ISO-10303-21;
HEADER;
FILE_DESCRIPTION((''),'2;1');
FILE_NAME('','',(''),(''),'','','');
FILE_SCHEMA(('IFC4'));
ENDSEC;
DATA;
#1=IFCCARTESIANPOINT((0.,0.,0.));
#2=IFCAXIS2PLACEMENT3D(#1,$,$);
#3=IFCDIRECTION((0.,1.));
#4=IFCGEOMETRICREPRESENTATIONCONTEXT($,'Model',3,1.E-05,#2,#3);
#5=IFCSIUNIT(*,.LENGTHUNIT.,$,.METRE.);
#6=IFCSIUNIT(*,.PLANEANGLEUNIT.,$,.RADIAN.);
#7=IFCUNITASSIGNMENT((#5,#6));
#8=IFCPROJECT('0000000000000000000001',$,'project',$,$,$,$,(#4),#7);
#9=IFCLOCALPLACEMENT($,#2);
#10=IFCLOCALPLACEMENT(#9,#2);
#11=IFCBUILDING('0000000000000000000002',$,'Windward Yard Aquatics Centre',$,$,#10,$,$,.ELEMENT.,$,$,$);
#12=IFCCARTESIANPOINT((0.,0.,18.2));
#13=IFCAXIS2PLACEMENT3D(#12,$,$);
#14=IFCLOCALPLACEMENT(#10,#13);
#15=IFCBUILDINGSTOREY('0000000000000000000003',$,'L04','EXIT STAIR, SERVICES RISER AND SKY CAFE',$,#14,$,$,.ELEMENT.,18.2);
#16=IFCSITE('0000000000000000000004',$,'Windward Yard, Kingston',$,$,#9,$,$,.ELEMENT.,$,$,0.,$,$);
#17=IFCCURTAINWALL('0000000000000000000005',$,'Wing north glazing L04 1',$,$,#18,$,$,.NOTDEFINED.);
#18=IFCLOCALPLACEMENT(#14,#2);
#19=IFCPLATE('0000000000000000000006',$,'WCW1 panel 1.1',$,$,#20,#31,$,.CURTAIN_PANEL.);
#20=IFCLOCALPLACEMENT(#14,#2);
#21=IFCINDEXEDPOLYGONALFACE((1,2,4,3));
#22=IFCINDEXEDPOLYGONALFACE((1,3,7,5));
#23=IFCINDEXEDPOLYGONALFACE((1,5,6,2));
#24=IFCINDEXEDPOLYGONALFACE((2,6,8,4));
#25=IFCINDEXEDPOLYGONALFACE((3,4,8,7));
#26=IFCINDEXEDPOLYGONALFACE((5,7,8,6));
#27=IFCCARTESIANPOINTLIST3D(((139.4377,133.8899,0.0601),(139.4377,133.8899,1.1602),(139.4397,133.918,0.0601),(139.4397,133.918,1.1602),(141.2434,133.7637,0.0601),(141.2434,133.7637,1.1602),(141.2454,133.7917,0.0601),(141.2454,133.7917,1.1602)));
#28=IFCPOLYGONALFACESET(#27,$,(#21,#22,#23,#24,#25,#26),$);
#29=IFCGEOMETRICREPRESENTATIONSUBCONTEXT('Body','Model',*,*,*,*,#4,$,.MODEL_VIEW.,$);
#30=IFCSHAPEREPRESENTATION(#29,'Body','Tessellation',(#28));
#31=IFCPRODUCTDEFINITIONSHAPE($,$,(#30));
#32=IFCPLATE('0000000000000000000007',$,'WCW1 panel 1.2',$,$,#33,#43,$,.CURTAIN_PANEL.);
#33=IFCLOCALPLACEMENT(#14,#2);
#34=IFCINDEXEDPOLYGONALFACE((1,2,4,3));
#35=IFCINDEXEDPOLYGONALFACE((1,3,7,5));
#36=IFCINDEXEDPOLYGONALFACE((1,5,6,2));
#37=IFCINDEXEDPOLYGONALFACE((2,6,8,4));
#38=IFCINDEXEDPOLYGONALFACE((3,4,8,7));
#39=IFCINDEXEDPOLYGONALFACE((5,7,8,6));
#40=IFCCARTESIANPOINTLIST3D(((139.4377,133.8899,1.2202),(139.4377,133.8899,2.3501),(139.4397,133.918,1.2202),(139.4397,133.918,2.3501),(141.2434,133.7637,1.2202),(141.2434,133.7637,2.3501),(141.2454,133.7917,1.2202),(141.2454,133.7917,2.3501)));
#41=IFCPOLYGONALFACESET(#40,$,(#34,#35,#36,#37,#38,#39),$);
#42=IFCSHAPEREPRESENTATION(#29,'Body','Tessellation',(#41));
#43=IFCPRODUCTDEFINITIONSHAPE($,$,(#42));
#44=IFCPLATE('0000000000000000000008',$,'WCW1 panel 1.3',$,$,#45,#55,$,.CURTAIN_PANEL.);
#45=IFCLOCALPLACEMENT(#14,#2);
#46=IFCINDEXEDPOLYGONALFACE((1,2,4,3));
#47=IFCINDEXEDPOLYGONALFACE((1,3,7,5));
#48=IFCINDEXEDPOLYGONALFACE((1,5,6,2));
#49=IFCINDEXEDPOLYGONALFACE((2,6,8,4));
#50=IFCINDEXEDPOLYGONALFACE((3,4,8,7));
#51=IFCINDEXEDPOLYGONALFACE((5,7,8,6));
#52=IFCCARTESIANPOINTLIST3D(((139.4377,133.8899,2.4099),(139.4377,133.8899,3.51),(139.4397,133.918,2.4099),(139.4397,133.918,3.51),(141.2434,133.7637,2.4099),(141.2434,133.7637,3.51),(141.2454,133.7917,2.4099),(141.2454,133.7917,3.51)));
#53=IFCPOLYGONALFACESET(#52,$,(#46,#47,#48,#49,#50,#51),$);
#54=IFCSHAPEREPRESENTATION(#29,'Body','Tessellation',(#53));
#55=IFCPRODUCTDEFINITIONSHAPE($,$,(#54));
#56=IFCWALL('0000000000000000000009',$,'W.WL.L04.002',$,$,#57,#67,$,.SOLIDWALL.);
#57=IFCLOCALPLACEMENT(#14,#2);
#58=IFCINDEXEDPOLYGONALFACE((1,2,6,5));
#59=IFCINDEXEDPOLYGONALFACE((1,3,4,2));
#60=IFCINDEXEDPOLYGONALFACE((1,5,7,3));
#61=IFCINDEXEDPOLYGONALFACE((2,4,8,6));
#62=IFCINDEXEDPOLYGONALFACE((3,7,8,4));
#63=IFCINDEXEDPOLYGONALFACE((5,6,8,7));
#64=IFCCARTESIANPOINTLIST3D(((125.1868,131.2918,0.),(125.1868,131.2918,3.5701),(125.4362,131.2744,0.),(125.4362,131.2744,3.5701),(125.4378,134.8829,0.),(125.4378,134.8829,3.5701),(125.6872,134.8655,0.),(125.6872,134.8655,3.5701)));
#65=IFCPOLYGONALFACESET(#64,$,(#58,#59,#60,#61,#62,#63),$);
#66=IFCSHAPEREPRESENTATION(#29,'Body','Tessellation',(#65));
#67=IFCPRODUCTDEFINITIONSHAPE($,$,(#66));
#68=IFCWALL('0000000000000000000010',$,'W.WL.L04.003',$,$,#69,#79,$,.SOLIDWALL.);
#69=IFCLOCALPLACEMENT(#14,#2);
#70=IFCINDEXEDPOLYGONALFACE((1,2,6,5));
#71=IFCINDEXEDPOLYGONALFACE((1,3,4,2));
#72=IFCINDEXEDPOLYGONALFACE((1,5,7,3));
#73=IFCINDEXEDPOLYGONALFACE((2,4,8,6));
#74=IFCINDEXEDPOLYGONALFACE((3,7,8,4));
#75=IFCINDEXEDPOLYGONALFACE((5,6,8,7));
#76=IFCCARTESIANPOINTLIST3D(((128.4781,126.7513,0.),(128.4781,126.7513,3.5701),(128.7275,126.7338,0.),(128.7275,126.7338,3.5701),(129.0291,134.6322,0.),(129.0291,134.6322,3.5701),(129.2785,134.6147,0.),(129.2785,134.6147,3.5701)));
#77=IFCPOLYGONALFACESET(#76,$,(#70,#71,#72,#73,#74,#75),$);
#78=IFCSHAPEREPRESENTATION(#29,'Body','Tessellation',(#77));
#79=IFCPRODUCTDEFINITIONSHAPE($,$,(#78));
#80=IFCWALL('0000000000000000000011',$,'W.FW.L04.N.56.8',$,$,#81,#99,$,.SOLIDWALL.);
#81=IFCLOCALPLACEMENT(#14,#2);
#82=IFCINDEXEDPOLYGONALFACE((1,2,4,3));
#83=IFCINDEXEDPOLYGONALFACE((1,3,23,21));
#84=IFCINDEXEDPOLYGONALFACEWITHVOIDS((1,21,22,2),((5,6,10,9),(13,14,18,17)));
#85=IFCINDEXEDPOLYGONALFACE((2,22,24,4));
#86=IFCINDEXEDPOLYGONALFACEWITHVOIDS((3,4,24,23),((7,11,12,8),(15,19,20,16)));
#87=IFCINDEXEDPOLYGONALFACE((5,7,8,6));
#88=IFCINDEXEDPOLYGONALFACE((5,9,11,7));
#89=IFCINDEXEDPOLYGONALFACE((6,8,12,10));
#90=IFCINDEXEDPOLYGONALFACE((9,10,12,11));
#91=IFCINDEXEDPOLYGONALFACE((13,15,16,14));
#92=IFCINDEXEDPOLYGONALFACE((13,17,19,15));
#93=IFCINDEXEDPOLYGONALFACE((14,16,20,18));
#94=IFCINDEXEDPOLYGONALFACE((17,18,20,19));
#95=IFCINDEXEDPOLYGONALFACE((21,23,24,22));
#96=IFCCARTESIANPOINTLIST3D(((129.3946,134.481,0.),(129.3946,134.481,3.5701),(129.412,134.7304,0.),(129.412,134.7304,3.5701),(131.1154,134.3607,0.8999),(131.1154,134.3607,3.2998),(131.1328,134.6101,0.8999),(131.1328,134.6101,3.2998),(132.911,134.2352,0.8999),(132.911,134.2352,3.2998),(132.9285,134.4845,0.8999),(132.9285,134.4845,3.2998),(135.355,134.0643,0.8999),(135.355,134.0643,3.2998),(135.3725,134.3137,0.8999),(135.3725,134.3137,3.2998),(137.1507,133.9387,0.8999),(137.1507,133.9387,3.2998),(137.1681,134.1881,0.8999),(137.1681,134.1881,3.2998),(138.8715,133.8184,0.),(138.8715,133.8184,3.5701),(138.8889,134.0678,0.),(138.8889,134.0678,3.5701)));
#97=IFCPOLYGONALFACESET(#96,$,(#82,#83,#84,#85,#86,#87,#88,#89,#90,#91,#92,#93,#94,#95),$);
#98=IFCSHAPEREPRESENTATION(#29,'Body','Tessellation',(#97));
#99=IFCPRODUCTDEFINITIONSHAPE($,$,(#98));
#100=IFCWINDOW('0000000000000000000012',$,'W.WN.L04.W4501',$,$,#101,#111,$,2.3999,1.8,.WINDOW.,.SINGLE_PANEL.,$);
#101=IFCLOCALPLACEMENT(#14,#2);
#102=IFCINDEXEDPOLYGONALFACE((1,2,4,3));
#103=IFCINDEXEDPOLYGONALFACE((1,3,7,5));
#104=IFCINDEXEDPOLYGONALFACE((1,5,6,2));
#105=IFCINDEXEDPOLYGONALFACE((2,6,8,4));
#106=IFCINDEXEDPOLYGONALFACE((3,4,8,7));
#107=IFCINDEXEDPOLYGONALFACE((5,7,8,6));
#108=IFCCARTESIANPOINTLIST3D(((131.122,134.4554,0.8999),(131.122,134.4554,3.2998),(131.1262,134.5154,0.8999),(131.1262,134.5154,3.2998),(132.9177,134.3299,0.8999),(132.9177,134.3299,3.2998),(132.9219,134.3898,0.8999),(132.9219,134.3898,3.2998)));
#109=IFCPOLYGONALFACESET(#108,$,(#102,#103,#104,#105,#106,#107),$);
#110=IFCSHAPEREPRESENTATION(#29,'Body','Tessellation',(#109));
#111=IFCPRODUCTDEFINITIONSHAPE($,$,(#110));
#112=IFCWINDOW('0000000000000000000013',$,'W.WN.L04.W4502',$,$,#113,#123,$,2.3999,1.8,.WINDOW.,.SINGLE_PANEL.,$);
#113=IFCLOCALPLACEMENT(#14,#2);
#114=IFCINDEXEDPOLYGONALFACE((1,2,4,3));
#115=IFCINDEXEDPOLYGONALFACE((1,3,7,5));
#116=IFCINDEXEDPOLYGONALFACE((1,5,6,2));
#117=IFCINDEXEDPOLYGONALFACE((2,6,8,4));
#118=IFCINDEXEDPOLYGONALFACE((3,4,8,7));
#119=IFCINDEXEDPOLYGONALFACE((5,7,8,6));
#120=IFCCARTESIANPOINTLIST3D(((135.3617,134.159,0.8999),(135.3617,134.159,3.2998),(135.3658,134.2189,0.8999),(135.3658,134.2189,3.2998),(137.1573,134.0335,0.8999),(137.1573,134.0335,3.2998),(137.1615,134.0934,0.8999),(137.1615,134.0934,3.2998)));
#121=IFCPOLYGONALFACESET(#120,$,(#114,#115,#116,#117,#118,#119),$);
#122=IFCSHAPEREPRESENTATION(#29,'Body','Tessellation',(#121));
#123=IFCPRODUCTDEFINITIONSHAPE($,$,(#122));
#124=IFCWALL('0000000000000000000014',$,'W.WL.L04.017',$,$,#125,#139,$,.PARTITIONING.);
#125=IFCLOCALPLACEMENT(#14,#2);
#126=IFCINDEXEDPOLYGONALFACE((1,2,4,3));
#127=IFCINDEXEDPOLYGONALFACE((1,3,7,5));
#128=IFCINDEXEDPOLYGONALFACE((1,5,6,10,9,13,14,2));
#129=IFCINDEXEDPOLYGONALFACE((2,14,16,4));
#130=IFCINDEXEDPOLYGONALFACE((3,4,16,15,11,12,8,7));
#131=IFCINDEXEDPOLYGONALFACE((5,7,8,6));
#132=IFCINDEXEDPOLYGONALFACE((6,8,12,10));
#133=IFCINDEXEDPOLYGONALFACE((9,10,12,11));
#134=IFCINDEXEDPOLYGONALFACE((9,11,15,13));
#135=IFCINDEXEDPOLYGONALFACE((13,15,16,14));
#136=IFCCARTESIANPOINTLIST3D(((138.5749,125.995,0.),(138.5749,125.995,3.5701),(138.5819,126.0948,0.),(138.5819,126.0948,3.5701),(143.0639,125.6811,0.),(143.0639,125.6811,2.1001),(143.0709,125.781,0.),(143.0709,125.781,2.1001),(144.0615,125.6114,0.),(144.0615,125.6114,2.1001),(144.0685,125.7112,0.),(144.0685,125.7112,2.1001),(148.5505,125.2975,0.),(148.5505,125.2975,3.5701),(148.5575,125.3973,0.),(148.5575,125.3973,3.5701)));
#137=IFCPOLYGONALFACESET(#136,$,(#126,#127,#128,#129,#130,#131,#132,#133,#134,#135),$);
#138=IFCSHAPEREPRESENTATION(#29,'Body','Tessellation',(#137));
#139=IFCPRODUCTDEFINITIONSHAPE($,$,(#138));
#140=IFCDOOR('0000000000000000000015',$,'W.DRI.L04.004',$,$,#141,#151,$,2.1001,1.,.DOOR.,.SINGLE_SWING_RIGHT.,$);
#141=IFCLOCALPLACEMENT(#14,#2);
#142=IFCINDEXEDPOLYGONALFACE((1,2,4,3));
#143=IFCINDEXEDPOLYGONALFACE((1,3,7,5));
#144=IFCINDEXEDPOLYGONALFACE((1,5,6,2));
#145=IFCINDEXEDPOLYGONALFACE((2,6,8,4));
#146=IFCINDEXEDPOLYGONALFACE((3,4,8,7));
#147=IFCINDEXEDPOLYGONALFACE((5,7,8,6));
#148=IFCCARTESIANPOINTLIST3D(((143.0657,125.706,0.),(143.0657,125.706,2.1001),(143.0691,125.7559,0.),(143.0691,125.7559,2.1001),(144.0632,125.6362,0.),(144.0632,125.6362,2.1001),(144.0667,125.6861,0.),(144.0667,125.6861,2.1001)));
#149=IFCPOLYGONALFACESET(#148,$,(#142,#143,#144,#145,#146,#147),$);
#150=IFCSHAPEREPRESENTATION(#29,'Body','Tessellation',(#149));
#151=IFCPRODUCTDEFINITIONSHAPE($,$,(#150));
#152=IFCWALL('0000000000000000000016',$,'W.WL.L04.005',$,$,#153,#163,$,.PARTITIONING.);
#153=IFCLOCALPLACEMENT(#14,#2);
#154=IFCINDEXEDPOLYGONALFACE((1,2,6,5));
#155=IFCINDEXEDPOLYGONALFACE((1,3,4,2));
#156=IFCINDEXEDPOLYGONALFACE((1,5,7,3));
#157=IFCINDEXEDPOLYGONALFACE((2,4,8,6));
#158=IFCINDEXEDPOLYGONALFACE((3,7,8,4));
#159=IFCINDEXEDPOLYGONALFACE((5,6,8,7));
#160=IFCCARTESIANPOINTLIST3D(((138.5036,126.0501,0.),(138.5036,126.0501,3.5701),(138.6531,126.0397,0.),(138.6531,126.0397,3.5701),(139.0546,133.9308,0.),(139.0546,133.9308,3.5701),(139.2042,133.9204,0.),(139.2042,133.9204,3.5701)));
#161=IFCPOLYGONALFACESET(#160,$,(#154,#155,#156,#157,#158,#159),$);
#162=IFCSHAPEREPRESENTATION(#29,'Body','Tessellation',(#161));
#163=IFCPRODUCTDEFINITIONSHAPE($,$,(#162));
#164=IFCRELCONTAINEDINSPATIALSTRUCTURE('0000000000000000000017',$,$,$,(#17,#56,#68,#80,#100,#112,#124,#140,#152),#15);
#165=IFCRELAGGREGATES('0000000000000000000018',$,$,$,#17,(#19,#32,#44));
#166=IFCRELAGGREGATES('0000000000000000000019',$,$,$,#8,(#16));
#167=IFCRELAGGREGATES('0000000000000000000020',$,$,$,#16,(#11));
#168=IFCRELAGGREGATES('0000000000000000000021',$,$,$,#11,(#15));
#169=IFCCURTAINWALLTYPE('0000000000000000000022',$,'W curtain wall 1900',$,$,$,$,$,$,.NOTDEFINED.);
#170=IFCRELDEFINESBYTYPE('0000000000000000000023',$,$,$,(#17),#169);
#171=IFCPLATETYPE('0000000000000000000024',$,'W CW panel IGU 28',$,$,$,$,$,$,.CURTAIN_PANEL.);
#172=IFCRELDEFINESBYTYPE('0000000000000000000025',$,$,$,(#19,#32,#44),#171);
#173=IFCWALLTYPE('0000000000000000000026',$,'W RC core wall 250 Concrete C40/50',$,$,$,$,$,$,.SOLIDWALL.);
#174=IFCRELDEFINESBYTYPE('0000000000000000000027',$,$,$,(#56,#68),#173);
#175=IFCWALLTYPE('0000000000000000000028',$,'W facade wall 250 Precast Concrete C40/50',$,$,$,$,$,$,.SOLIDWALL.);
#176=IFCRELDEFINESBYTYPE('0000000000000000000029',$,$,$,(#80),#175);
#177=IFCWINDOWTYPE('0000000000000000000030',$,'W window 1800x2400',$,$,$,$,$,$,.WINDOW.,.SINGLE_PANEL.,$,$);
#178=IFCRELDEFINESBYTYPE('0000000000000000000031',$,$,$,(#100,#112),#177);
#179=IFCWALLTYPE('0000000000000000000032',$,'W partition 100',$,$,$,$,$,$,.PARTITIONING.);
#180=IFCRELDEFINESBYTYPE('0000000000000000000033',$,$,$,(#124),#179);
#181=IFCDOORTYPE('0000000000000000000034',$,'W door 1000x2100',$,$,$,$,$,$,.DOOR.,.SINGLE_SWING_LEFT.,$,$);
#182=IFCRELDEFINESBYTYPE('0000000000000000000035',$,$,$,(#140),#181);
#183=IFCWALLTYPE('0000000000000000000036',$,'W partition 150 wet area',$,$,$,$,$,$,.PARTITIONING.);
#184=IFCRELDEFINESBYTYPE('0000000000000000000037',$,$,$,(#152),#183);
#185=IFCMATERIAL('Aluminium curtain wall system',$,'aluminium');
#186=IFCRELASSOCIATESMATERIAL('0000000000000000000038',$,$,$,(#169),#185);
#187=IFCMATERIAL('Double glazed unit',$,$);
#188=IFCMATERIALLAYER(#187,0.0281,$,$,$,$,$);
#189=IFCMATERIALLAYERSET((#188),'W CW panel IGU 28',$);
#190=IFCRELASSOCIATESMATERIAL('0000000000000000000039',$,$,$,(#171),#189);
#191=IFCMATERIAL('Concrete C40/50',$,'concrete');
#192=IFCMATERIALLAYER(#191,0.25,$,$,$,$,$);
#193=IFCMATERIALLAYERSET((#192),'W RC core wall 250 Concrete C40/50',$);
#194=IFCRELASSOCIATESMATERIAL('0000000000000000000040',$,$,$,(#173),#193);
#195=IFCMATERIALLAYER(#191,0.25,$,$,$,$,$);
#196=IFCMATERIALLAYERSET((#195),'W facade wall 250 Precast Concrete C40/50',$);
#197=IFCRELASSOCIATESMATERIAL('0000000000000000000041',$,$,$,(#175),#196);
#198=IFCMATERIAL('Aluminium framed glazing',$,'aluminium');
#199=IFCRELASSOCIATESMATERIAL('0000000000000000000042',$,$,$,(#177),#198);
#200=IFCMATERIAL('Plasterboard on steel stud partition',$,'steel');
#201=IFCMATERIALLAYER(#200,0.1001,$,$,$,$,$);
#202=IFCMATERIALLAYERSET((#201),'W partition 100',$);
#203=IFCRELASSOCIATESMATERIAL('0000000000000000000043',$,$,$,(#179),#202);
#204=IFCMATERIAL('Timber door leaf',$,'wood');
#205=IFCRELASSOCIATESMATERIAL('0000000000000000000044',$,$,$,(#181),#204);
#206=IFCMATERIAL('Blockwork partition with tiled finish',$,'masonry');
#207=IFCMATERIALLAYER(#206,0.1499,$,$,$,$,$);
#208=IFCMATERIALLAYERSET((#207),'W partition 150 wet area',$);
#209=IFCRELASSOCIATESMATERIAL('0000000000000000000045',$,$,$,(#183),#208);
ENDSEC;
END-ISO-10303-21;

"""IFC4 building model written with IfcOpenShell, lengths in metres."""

from ifc_helpers import new_model, si_unit, direction, frame, frame_2d, origin, origin_2d, place, context, subcontext, project, spatial, rectangle, extrude, material, layer, layer_set, type_object, element, fill, aggregate, save


model = new_model("IFC4")

# Units and contexts
model_context = context("Model", 3, precision=1e-05, world=origin(), true_north=direction((0.0, 1.0)))
body_context = subcontext(model_context, "Body", "Model", "MODEL_VIEW")
ifc_project = project(units=[si_unit("LENGTHUNIT", "METRE"), si_unit("PLANEANGLEUNIT", "RADIAN")], contexts=[model_context])

# Site, building, storey
site_placement = place(None, origin())
site = spatial("IfcSite", under=ifc_project, at=site_placement, Name="Windward Yard, Kingston", CompositionType="ELEMENT", RefElevation=0.0)
building_placement = place(site_placement, origin())
building = spatial("IfcBuilding", under=site, at=building_placement, Name="Windward Yard Aquatics Centre", CompositionType="ELEMENT")
storey_placement = place(building_placement, frame((0.0, 0.0, 18.2)))
storey = spatial("IfcBuildingStorey", under=building, at=storey_placement, Name="L04", Description="EXIT STAIR, SERVICES RISER AND SKY CAFE", CompositionType="ELEMENT", Elevation=18.2)

# Curtain wall
ifc_material_1 = material(Name="Aluminium curtain wall system", Category="aluminium")
curtain_wall_type = type_object("IfcCurtainWallType", Name="W curtain wall 1900", PredefinedType="NOTDEFINED", material=ifc_material_1)
curtain_wall_placement = place(storey_placement, origin())
curtain_wall = element("IfcCurtainWall", 1, at=curtain_wall_placement, inside=storey, type_object=curtain_wall_type, Name="Wing north glazing L04 1", PredefinedType="NOTDEFINED")

# Shared definitions
ifc_material_2 = material(Name="Concrete C40/50", Category="concrete")

# Plates
ifc_material_3 = material(Name="Double glazed unit")
ifc_layer_1 = layer(ifc_material_3, 0.0281)
ifc_layer_set_1 = layer_set([ifc_layer_1], Name="W CW panel IGU 28")
plate_type = type_object("IfcPlateType", Name="W CW panel IGU 28", PredefinedType="CURTAIN_PANEL", material=ifc_layer_set_1)
plate_1_placement = place(storey_placement, frame((140.3416, 133.8408, 0.0601), z_axis=(0.0, 0.0, 1.0), x_axis=(0.997564, -0.069758, 0.0)))
plate_1 = element("IfcPlate", 2, at=plate_1_placement, type_object=plate_type, Name="WCW1 panel 1.1", PredefinedType="CURTAIN_PANEL", context=body_context, shape_type="SweptSolid", body=[
    extrude(rectangle(XDim=1.8101, YDim=0.0281, at=origin_2d()), origin(), (0.0, 0.0, 1.0), 1.1001),
])
plate_2_placement = place(storey_placement, frame((140.3416, 133.8408, 1.2202), z_axis=(0.0, 0.0, 1.0), x_axis=(0.997564, -0.069758, 0.0)))
plate_2 = element("IfcPlate", 3, at=plate_2_placement, type_object=plate_type, Name="WCW1 panel 1.2", PredefinedType="CURTAIN_PANEL", context=body_context, shape_type="SweptSolid", body=[
    extrude(rectangle(XDim=1.8101, YDim=0.0281, at=origin_2d()), origin(), (0.0, 0.0, 1.0), 1.1299),
])
plate_3_placement = place(storey_placement, frame((140.3416, 133.8408, 2.4099), z_axis=(0.0, 0.0, 1.0), x_axis=(0.997564, -0.069758, 0.0)))
plate_3 = element("IfcPlate", 4, at=plate_3_placement, type_object=plate_type, Name="WCW1 panel 1.3", PredefinedType="CURTAIN_PANEL", context=body_context, shape_type="SweptSolid", body=[
    extrude(rectangle(XDim=1.8101, YDim=0.0281, at=origin_2d()), origin(), (0.0, 0.0, 1.0), 1.1001),
])
aggregate(curtain_wall, [plate_1, plate_2, plate_3])

# Walls
ifc_layer_2 = layer(ifc_material_2, 0.25)
ifc_layer_set_2 = layer_set([ifc_layer_2], Name="W RC core wall 250 Concrete C40/50")
wall_type_1 = type_object("IfcWallType", Name="W RC core wall 250 Concrete C40/50", PredefinedType="SOLIDWALL", material=ifc_layer_set_2)
wall_1_placement = place(storey_placement, frame((125.3115, 131.2832, 0.0), z_axis=(0.0, 0.0, 1.0), x_axis=(0.069719, 0.997567, 0.0)))
element("IfcWall", 5, at=wall_1_placement, inside=storey, type_object=wall_type_1, Name="W.WL.L04.002", PredefinedType="SOLIDWALL", context=body_context, shape_type="SweptSolid", body=[
    extrude(rectangle(XDim=3.5999, YDim=0.25, at=frame_2d((1.7998, 0.0))), origin(), (0.0, 0.0, 1.0), 3.5701),
])
wall_2_placement = place(storey_placement, frame((128.6028, 126.7424, 0.0), z_axis=(0.0, 0.0, 1.0), x_axis=(0.069749, 0.997565, 0.0)))
element("IfcWall", 6, at=wall_2_placement, inside=storey, type_object=wall_type_1, Name="W.WL.L04.003", PredefinedType="SOLIDWALL", context=body_context, shape_type="SweptSolid", body=[
    extrude(rectangle(XDim=7.9001, YDim=0.25, at=frame_2d((3.9502, 0.0))), origin(), (0.0, 0.0, 1.0), 3.5701),
])

# Wall, openings, windows
ifc_layer_3 = layer(ifc_material_2, 0.25)
ifc_layer_set_3 = layer_set([ifc_layer_3], Name="W facade wall 250 Precast Concrete C40/50")
wall_type_2 = type_object("IfcWallType", Name="W facade wall 250 Precast Concrete C40/50", PredefinedType="SOLIDWALL", material=ifc_layer_set_3)
wall_3_placement = place(storey_placement, frame((129.4033, 134.6057, 0.0), z_axis=(0.0, 0.0, 1.0), x_axis=(0.997565, -0.069748, 0.0)))
wall_3 = element("IfcWall", 7, at=wall_3_placement, inside=storey, type_object=wall_type_2, Name="W.FW.L04.N.56.8", PredefinedType="SOLIDWALL", context=body_context, shape_type="SweptSolid", body=[
    extrude(rectangle(XDim=9.5, YDim=0.25, at=frame_2d((4.75, 0.0))), origin(), (0.0, 0.0, 1.0), 3.5701),
])
opening_1_placement = place(wall_3_placement, frame((1.7251, 0.0, 0.8999)))
opening_1 = element("IfcOpeningElement", 8, at=opening_1_placement, cuts=wall_3, PredefinedType="OPENING", context=body_context, shape_type="SweptSolid", body=[
    extrude(rectangle(XDim=1.8, YDim=2.3999, at=frame_2d((0.8999, 1.2))), frame((0.0, 0.135, 0.0), z_axis=(0.0, -1.0, 0.0), x_axis=(1.0, 0.0, 0.0)), (0.0, 0.0, 1.0), 0.27),
])
opening_2_placement = place(wall_3_placement, frame((5.9751, 0.0, 0.8999)))
opening_2 = element("IfcOpeningElement", 9, at=opening_2_placement, cuts=wall_3, PredefinedType="OPENING", context=body_context, shape_type="SweptSolid", body=[
    extrude(rectangle(XDim=1.8, YDim=2.3999, at=frame_2d((0.8999, 1.2))), frame((0.0, 0.135, 0.0), z_axis=(0.0, -1.0, 0.0), x_axis=(1.0, 0.0, 0.0)), (0.0, 0.0, 1.0), 0.27),
])
ifc_material_4 = material(Name="Aluminium framed glazing", Category="aluminium")
window_type = type_object("IfcWindowType", Name="W window 1800x2400", PartitioningType="SINGLE_PANEL", PredefinedType="WINDOW", material=ifc_material_4)
window_1_placement = place(opening_1_placement, origin())
window_1 = element("IfcWindow", 10, at=window_1_placement, inside=storey, type_object=window_type, Name="W.WN.L04.W4501", OverallHeight=2.3999, OverallWidth=1.8, PartitioningType="SINGLE_PANEL", PredefinedType="WINDOW", context=body_context, shape_type="SweptSolid", body=[
    extrude(rectangle(XDim=1.8, YDim=2.3999, at=frame_2d((0.8999, 1.2))), frame((0.0, 0.03, 0.0), z_axis=(0.0, -1.0, 0.0), x_axis=(1.0, 0.0, 0.0)), (0.0, 0.0, 1.0), 0.0601),
])
fill(opening_1, window_1)
window_2_placement = place(opening_2_placement, origin())
window_2 = element("IfcWindow", 11, at=window_2_placement, inside=storey, type_object=window_type, Name="W.WN.L04.W4502", OverallHeight=2.3999, OverallWidth=1.8, PartitioningType="SINGLE_PANEL", PredefinedType="WINDOW", context=body_context, shape_type="SweptSolid", body=[
    extrude(rectangle(XDim=1.8, YDim=2.3999, at=frame_2d((0.8999, 1.2))), frame((0.0, 0.03, 0.0), z_axis=(0.0, -1.0, 0.0), x_axis=(1.0, 0.0, 0.0)), (0.0, 0.0, 1.0), 0.0601),
])
fill(opening_2, window_2)

# Wall, opening, door
ifc_material_5 = material(Name="Plasterboard on steel stud partition", Category="steel")
ifc_layer_4 = layer(ifc_material_5, 0.1001)
ifc_layer_set_4 = layer_set([ifc_layer_4], Name="W partition 100")
wall_type_3 = type_object("IfcWallType", Name="W partition 100", PredefinedType="PARTITIONING", material=ifc_layer_set_4)
wall_4_placement = place(storey_placement, frame((138.5784, 126.0449, 0.0), z_axis=(0.0, 0.0, 1.0), x_axis=(0.997564, -0.069751, 0.0)))
wall_4 = element("IfcWall", 12, at=wall_4_placement, inside=storey, type_object=wall_type_3, Name="W.WL.L04.017", PredefinedType="PARTITIONING", context=body_context, shape_type="SweptSolid", body=[
    extrude(rectangle(XDim=10.0, YDim=0.1001, at=frame_2d((5.0, 0.0))), origin(), (0.0, 0.0, 1.0), 3.5701),
])
opening_3_placement = place(wall_4_placement, frame((4.5, 0.0, 0.0)))
opening_3 = element("IfcOpeningElement", 13, at=opening_3_placement, cuts=wall_4, PredefinedType="OPENING", context=body_context, shape_type="SweptSolid", body=[
    extrude(rectangle(XDim=1.0, YDim=2.1001, at=frame_2d((0.5, 1.05))), frame((0.0, 0.0601, 0.0), z_axis=(0.0, -1.0, 0.0), x_axis=(1.0, 0.0, 0.0)), (0.0, 0.0, 1.0), 0.1201),
])
ifc_material_6 = material(Name="Timber door leaf", Category="wood")
door_type = type_object("IfcDoorType", Name="W door 1000x2100", OperationType="SINGLE_SWING_LEFT", PredefinedType="DOOR", material=ifc_material_6)
door_1_placement = place(opening_3_placement, origin())
door_1 = element("IfcDoor", 14, at=door_1_placement, inside=storey, type_object=door_type, Name="W.DRI.L04.004", OperationType="SINGLE_SWING_RIGHT", OverallHeight=2.1001, OverallWidth=1.0, PredefinedType="DOOR", context=body_context, shape_type="SweptSolid", body=[
    extrude(rectangle(XDim=1.0, YDim=2.1001, at=frame_2d((0.5, 1.05))), frame((0.0, 0.0249, 0.0), z_axis=(0.0, -1.0, 0.0), x_axis=(1.0, 0.0, 0.0)), (0.0, 0.0, 1.0), 0.05),
])
fill(opening_3, door_1)

# Wall
ifc_material_7 = material(Name="Blockwork partition with tiled finish", Category="masonry")
ifc_layer_5 = layer(ifc_material_7, 0.1499)
ifc_layer_set_5 = layer_set([ifc_layer_5], Name="W partition 150 wet area")
wall_type_4 = type_object("IfcWallType", Name="W partition 150 wet area", PredefinedType="PARTITIONING", material=ifc_layer_set_5)
wall_5_placement = place(storey_placement, frame((138.5784, 126.0449, 0.0), z_axis=(0.0, 0.0, 1.0), x_axis=(0.069751, 0.997564, 0.0)))
element("IfcWall", 15, at=wall_5_placement, inside=storey, type_object=wall_type_4, Name="W.WL.L04.005", PredefinedType="PARTITIONING", context=body_context, shape_type="SweptSolid", body=[
    extrude(rectangle(XDim=7.8999, YDim=0.1499, at=frame_2d((3.95, 0.0))), origin(), (0.0, 0.0, 1.0), 3.5701),
])

save(model, "model.ifc")
